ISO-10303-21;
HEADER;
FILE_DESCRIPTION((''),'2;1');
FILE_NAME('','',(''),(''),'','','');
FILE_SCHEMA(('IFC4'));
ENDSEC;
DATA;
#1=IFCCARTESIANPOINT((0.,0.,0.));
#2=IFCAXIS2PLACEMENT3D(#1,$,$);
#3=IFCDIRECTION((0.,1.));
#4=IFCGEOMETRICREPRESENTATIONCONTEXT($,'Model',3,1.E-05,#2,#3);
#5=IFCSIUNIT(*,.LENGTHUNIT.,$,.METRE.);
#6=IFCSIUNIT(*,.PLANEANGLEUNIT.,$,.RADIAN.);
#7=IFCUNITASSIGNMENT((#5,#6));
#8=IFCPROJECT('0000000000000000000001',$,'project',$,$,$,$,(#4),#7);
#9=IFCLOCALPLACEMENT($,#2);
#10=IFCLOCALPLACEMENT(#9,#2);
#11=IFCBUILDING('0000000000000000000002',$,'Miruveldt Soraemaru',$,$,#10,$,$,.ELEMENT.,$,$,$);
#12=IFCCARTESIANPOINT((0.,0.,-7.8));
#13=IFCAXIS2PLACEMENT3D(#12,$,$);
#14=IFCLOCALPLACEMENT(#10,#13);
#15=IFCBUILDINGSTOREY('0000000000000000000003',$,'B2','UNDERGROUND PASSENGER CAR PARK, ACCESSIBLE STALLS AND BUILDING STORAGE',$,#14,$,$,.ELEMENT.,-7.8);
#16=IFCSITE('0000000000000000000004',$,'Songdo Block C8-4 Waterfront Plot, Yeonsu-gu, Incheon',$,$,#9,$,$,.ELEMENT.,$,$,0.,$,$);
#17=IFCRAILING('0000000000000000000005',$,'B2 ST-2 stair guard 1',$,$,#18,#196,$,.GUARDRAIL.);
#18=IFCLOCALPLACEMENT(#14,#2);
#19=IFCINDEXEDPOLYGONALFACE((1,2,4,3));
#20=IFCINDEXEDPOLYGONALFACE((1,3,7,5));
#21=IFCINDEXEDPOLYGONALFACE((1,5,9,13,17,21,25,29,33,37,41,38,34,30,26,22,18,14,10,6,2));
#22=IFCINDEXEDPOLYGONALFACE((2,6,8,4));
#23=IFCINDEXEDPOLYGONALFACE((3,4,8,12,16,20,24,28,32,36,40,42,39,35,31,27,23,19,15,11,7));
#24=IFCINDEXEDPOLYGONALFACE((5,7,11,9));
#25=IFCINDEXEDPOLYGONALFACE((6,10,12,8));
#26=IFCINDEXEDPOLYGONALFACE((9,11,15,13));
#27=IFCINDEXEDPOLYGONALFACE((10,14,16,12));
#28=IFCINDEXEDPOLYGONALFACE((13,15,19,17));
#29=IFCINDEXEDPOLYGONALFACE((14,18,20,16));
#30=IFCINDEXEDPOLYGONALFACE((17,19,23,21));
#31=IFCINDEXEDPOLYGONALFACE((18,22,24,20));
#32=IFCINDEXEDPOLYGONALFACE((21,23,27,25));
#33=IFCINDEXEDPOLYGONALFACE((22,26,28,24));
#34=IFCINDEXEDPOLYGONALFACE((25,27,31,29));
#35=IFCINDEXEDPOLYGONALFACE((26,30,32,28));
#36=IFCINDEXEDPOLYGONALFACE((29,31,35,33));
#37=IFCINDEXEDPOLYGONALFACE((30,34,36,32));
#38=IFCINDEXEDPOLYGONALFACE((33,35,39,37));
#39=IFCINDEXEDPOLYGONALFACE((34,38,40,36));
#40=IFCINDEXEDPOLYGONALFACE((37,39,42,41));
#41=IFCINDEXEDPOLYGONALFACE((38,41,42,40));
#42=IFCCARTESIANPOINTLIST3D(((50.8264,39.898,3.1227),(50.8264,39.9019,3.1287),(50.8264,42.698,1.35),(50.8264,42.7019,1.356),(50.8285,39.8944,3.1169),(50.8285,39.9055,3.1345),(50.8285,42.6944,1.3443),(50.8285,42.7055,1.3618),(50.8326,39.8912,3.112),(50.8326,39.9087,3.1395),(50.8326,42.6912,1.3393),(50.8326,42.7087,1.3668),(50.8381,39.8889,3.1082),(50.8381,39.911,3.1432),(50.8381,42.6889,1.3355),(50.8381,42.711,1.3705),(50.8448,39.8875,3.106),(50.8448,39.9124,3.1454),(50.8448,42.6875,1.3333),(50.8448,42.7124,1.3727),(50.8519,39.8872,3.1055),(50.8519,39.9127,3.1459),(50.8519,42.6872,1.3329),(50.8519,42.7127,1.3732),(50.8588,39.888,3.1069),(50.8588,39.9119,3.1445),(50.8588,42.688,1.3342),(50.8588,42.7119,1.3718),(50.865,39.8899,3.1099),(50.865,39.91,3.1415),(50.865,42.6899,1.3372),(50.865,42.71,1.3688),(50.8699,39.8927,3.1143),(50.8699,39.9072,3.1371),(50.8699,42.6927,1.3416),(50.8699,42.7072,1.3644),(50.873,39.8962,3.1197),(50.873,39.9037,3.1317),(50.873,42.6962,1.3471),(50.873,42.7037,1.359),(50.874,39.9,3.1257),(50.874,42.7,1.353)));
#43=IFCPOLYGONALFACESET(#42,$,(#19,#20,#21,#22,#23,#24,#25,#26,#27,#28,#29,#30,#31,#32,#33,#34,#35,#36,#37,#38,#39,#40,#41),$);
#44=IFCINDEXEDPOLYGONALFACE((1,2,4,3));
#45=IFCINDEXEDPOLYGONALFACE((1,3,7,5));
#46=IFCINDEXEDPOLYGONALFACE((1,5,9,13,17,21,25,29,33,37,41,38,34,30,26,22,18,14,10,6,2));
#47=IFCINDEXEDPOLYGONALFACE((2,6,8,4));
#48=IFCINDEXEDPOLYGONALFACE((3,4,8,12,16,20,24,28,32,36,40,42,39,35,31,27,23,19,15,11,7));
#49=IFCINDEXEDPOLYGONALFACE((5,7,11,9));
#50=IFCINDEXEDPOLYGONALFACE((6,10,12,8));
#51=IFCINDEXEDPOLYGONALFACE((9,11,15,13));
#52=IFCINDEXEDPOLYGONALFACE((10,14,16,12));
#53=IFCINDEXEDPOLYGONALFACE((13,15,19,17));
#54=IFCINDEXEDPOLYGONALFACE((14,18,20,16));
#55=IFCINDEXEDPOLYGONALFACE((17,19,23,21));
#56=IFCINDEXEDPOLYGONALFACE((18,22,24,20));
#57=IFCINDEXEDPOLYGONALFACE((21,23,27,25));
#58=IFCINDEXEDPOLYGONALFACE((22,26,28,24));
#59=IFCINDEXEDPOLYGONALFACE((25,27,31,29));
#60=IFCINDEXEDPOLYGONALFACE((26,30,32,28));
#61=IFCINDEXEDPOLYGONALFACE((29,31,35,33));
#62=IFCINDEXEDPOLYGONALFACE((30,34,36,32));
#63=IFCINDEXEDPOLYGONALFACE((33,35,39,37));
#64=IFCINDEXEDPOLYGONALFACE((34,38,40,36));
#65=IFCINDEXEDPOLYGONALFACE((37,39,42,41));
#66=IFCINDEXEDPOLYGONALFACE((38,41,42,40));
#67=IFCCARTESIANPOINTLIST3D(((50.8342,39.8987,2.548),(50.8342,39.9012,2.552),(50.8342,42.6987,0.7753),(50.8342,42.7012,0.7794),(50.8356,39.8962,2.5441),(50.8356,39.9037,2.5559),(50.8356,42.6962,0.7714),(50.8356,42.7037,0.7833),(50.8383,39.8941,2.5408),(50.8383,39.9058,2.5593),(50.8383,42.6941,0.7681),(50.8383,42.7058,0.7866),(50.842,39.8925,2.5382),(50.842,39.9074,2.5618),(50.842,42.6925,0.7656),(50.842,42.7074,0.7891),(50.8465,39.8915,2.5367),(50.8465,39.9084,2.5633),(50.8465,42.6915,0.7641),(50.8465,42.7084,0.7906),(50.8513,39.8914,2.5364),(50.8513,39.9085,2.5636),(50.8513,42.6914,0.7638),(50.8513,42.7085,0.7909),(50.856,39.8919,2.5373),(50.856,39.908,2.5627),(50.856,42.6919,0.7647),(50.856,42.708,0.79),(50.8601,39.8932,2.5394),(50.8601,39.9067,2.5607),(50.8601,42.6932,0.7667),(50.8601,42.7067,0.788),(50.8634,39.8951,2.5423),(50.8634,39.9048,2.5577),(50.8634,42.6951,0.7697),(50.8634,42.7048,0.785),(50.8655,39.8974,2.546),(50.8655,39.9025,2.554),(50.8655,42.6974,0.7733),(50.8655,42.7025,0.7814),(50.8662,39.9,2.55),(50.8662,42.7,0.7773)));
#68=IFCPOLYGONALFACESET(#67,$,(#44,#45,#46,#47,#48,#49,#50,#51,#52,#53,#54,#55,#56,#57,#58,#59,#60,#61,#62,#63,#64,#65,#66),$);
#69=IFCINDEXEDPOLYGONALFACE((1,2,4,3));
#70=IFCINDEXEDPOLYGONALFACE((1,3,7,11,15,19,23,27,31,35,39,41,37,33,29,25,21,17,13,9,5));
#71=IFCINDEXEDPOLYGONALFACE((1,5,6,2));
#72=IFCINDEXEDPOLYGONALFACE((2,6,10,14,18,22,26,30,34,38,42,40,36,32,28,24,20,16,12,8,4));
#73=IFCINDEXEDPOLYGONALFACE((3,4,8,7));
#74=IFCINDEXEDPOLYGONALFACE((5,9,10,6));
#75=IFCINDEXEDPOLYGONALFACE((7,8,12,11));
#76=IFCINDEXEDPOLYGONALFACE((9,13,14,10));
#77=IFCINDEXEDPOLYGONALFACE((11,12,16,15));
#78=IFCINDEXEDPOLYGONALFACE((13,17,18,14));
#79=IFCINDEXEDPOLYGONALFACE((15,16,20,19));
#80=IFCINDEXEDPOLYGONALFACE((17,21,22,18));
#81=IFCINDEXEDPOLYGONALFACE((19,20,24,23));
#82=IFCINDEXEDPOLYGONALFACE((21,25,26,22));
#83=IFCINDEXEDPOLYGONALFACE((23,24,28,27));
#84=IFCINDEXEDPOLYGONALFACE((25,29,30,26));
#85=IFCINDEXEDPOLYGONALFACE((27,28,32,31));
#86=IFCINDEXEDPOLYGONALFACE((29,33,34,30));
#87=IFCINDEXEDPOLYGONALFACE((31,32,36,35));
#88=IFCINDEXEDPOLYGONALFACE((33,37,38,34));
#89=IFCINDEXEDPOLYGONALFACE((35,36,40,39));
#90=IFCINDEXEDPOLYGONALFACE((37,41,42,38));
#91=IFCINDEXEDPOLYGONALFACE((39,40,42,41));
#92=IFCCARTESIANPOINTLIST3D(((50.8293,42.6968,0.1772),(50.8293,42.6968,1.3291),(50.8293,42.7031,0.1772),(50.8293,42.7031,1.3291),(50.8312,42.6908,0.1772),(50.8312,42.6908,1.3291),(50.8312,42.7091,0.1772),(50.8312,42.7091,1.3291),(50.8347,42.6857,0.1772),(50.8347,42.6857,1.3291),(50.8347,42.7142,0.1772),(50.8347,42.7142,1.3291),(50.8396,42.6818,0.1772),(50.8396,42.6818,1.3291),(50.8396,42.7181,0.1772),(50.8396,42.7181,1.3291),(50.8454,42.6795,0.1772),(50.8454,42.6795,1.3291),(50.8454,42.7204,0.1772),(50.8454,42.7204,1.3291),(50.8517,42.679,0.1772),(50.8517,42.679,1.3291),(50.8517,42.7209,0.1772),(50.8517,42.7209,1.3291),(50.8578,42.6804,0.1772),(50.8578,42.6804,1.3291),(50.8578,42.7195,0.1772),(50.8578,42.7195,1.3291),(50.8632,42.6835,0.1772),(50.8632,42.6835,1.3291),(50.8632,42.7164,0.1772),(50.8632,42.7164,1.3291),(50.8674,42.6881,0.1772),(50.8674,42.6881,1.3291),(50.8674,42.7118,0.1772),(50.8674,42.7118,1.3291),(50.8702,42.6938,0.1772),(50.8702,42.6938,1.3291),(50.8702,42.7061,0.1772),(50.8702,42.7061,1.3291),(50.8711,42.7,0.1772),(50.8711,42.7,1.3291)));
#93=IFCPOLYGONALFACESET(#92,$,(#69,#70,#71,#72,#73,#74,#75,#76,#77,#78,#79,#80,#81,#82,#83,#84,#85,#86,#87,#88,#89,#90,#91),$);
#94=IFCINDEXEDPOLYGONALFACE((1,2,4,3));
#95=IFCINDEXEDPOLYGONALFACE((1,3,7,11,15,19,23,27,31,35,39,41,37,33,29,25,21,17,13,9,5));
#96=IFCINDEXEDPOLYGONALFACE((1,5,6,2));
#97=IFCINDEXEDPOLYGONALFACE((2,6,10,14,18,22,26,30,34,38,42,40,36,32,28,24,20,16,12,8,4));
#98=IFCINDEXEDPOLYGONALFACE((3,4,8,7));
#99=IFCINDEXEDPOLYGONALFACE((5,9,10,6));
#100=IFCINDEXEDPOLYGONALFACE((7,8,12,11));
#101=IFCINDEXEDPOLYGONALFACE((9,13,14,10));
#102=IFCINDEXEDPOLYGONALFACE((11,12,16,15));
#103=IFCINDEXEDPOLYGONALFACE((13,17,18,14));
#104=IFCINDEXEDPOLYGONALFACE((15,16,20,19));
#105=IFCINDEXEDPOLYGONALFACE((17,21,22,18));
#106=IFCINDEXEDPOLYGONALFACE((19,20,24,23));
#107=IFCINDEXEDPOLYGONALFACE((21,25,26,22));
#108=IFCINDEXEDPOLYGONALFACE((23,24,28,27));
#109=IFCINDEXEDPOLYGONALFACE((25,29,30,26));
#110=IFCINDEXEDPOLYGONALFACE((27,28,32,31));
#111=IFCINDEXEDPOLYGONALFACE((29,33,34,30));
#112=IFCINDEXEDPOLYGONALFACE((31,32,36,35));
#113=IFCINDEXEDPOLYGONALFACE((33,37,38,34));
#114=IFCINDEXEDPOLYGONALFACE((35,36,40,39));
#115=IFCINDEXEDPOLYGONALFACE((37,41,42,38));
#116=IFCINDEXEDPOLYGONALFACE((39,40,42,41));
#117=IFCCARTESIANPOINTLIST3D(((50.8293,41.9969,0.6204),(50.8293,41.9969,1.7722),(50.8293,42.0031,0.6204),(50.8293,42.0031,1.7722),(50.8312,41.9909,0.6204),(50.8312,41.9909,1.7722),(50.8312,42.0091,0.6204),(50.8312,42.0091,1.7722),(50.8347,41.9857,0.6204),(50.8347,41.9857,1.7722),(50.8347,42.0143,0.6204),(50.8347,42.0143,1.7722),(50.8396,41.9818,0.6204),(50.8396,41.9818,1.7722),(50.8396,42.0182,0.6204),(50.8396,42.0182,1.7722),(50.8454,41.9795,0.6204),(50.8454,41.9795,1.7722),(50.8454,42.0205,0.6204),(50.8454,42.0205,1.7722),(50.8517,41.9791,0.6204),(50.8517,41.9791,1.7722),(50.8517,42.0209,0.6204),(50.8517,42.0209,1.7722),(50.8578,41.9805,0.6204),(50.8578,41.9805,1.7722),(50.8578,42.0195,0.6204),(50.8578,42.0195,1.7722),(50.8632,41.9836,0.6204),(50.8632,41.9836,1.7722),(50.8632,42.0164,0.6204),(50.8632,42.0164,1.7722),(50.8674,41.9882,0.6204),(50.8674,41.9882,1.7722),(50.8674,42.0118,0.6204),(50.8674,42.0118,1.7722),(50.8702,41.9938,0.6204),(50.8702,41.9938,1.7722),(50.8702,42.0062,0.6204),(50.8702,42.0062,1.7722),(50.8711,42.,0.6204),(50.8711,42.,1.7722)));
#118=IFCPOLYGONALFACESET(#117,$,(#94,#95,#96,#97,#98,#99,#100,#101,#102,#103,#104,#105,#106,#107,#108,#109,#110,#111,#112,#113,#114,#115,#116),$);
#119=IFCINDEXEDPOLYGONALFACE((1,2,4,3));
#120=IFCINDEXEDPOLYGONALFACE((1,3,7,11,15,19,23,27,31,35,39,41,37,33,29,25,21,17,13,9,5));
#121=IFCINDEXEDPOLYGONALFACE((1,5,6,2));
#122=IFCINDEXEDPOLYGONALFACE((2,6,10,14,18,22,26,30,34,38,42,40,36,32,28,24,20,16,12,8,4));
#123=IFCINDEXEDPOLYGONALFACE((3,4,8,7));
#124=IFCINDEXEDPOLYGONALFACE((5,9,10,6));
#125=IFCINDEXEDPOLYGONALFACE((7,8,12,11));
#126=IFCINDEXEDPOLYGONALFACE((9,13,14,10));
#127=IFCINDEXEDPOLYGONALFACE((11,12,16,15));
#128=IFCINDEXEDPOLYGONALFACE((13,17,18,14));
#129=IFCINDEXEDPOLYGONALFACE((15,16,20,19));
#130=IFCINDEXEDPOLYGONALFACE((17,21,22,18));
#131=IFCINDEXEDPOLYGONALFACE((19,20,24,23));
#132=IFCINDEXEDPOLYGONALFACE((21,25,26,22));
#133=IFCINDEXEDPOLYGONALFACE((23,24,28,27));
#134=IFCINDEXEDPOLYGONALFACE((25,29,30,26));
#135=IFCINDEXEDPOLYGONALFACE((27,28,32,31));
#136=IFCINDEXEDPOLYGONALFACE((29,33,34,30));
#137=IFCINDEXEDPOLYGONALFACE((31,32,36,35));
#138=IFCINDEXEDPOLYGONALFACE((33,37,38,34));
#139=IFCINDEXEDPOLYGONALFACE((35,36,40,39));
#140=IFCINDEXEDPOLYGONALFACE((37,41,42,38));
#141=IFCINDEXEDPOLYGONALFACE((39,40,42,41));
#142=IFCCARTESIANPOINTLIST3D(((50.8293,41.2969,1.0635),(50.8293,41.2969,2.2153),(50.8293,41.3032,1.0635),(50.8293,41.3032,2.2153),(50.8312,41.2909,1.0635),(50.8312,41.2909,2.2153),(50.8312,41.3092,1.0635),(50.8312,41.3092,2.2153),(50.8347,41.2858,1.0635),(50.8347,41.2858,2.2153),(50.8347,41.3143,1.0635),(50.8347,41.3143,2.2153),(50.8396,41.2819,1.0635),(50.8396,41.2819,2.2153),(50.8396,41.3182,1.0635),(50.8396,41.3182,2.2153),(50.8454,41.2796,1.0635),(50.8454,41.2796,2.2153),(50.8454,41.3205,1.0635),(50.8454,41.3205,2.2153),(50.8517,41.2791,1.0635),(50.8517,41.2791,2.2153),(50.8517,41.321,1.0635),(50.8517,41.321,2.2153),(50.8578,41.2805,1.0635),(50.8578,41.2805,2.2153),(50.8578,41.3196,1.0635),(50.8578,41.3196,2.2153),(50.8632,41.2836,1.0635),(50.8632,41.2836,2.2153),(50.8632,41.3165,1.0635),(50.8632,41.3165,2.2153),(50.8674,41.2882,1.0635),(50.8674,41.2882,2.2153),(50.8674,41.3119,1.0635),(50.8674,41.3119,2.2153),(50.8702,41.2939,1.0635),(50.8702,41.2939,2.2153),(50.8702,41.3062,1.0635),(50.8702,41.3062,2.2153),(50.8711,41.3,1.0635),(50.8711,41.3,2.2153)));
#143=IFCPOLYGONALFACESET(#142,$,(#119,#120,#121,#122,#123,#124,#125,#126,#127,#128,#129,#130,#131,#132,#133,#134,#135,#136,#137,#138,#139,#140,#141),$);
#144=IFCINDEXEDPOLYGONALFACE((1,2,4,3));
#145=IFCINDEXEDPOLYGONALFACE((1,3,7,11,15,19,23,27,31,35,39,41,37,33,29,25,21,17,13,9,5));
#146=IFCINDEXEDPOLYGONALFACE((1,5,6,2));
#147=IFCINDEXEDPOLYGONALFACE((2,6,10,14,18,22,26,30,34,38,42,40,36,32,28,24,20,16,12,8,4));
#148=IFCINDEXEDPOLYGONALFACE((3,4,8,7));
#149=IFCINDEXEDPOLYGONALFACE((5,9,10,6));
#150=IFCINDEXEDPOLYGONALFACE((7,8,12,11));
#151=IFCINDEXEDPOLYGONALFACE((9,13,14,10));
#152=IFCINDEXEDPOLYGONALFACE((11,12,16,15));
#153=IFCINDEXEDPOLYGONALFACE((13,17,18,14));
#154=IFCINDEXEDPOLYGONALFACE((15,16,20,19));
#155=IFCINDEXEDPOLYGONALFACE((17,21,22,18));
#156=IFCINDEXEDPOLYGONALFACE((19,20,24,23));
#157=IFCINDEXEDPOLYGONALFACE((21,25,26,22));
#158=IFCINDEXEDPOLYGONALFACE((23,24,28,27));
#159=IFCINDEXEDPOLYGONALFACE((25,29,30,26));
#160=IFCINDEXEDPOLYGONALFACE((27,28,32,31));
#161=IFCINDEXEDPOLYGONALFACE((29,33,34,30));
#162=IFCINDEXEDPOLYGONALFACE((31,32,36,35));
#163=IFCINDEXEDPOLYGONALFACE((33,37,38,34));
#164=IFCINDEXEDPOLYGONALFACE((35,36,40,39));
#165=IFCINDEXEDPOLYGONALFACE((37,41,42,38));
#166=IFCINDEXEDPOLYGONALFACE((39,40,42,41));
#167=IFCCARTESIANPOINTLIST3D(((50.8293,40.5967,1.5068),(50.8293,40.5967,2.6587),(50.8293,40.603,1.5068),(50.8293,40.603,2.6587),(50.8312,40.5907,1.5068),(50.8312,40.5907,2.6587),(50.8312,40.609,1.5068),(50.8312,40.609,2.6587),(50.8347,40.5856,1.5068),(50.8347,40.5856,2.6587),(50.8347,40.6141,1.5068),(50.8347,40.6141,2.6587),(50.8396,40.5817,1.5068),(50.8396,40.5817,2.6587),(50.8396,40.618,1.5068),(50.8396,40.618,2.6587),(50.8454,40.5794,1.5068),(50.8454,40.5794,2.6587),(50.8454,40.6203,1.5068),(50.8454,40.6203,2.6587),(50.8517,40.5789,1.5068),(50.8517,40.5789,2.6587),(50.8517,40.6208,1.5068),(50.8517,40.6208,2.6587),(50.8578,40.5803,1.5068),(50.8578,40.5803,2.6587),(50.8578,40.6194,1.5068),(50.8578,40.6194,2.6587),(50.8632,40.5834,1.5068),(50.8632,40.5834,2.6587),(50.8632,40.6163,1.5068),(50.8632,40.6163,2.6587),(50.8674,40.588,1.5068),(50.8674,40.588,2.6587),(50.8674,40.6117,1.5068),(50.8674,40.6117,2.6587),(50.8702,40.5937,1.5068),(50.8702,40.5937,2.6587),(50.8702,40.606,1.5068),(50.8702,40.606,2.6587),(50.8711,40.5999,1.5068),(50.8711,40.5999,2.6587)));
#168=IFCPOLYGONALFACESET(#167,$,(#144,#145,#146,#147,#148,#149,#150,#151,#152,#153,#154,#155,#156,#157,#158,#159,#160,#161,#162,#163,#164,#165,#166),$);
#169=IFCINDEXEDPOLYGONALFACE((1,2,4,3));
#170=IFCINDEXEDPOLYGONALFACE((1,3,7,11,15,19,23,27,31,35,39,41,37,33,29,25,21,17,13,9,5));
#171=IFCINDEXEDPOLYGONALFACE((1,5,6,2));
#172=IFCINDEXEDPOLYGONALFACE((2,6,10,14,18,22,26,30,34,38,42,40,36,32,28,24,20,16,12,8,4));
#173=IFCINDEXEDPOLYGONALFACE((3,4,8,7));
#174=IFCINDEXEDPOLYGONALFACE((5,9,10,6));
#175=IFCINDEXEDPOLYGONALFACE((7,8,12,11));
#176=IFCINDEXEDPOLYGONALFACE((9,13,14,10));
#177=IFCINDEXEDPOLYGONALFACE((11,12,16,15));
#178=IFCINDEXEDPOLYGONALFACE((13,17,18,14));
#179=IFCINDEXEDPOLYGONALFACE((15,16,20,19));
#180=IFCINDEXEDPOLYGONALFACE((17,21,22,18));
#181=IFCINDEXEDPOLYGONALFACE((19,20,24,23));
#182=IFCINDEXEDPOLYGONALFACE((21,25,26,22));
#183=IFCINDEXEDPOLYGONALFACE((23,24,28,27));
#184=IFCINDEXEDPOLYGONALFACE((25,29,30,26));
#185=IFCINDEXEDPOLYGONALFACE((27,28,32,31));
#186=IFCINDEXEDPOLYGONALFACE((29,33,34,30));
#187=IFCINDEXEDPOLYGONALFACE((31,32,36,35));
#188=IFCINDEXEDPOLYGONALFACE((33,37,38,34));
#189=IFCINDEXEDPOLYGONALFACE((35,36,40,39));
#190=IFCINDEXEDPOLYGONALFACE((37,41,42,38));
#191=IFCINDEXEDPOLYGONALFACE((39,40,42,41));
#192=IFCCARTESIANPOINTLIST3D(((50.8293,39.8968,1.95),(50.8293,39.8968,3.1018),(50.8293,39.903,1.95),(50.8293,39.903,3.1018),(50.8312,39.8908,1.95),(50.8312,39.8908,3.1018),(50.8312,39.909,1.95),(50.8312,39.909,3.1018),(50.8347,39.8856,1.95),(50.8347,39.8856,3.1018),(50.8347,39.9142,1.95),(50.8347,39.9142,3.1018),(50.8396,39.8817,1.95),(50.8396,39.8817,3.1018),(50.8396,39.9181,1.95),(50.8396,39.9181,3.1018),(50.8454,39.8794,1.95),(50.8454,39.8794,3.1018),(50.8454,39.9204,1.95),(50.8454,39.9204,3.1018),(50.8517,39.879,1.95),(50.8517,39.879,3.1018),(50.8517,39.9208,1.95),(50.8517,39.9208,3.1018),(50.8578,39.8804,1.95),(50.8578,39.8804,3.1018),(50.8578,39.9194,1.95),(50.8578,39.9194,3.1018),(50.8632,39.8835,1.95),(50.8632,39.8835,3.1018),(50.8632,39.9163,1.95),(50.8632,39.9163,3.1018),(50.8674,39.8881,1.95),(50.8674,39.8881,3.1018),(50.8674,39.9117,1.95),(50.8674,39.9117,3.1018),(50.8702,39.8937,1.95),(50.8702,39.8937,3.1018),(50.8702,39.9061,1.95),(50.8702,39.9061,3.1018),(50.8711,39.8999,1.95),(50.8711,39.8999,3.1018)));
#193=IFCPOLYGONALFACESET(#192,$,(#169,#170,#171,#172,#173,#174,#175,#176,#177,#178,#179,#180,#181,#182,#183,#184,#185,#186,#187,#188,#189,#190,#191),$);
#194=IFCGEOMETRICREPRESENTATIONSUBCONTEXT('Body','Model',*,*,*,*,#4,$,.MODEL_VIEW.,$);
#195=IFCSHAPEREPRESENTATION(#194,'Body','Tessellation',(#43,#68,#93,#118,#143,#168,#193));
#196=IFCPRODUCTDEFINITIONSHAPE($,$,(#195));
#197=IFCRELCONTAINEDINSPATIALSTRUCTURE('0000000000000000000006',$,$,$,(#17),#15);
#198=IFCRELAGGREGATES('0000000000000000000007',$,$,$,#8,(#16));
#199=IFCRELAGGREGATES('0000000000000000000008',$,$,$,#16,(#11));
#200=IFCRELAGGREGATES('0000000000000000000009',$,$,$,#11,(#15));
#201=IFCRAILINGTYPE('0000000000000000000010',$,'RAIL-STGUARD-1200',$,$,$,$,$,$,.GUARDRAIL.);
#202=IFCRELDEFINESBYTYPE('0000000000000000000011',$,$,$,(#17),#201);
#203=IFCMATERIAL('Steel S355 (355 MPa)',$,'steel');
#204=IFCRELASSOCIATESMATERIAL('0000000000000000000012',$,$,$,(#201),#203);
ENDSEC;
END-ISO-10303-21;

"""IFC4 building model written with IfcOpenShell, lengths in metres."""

from ifc_helpers import new_model, si_unit, direction, frame, origin, origin_2d, place, context, subcontext, project, spatial, circle, extrude, material, type_object, element, save


model = new_model("IFC4")

# Units and contexts
model_context = context("Model", 3, precision=1e-05, world=origin(), true_north=direction((0.0, 1.0)))
body_context = subcontext(model_context, "Body", "Model", "MODEL_VIEW")
ifc_project = project(units=[si_unit("LENGTHUNIT", "METRE"), si_unit("PLANEANGLEUNIT", "RADIAN")], contexts=[model_context])

# Site, building, storey
site_placement = place(None, origin())
site = spatial("IfcSite", under=ifc_project, at=site_placement, Name="Songdo Block C8-4 Waterfront Plot, Yeonsu-gu, Incheon", CompositionType="ELEMENT", RefElevation=0.0)
building_placement = place(site_placement, origin())
building = spatial("IfcBuilding", under=site, at=building_placement, Name="Miruveldt Soraemaru", CompositionType="ELEMENT")
storey_placement = place(building_placement, frame((0.0, 0.0, -7.8)))
storey = spatial("IfcBuildingStorey", under=building, at=storey_placement, Name="B2", Description="UNDERGROUND PASSENGER CAR PARK, ACCESSIBLE STALLS AND BUILDING STORAGE", CompositionType="ELEMENT", Elevation=-7.8)

# Shared definitions
ifc_material_1 = material(Name="Steel S355 (355 MPa)", Category="steel")

# Railing
railing_type_1 = type_object("IfcRailingType", Name="RAIL-STGUARD-1200", PredefinedType="GUARDRAIL", material=ifc_material_1)
railing_1_placement = place(storey_placement, frame((50.8501, 42.7, 0.1772)))
element("IfcRailing", 1, at=railing_1_placement, inside=storey, type_object=railing_type_1, Name="B2 ST-2 stair guard 1", PredefinedType="GUARDRAIL", context=body_context, shape_type="SweptSolid", body=[
    extrude(circle(Radius=0.0239, at=origin_2d()), frame((0.0, 0.0, 1.1758), z_axis=(0.0, -0.844909, 0.53491), x_axis=(1.0, 0.0, 0.0)), (0.0, 0.0, 1.0), 3.314),
    extrude(circle(Radius=0.0161, at=origin_2d()), frame((0.0, 0.0, 0.6001), z_axis=(0.0, -0.844909, 0.53491), x_axis=(1.0, 0.0, 0.0)), (0.0, 0.0, 1.0), 3.314),
    extrude(circle(Radius=0.021, at=origin_2d()), origin(), (0.0, 0.0, 1.0), 1.1519),
    extrude(circle(Radius=0.021, at=origin_2d()), frame((0.0, -0.7, 0.4431)), (0.0, 0.0, 1.0), 1.1519),
    extrude(circle(Radius=0.021, at=origin_2d()), frame((0.0, -1.3999, 0.8862)), (0.0, 0.0, 1.0), 1.1519),
    extrude(circle(Radius=0.021, at=origin_2d()), frame((0.0, -2.1001, 1.3296)), (0.0, 0.0, 1.0), 1.1519),
    extrude(circle(Radius=0.021, at=origin_2d()), frame((0.0, -2.8, 1.7727)), (0.0, 0.0, 1.0), 1.1519),
])

save(model, "model.ifc")
